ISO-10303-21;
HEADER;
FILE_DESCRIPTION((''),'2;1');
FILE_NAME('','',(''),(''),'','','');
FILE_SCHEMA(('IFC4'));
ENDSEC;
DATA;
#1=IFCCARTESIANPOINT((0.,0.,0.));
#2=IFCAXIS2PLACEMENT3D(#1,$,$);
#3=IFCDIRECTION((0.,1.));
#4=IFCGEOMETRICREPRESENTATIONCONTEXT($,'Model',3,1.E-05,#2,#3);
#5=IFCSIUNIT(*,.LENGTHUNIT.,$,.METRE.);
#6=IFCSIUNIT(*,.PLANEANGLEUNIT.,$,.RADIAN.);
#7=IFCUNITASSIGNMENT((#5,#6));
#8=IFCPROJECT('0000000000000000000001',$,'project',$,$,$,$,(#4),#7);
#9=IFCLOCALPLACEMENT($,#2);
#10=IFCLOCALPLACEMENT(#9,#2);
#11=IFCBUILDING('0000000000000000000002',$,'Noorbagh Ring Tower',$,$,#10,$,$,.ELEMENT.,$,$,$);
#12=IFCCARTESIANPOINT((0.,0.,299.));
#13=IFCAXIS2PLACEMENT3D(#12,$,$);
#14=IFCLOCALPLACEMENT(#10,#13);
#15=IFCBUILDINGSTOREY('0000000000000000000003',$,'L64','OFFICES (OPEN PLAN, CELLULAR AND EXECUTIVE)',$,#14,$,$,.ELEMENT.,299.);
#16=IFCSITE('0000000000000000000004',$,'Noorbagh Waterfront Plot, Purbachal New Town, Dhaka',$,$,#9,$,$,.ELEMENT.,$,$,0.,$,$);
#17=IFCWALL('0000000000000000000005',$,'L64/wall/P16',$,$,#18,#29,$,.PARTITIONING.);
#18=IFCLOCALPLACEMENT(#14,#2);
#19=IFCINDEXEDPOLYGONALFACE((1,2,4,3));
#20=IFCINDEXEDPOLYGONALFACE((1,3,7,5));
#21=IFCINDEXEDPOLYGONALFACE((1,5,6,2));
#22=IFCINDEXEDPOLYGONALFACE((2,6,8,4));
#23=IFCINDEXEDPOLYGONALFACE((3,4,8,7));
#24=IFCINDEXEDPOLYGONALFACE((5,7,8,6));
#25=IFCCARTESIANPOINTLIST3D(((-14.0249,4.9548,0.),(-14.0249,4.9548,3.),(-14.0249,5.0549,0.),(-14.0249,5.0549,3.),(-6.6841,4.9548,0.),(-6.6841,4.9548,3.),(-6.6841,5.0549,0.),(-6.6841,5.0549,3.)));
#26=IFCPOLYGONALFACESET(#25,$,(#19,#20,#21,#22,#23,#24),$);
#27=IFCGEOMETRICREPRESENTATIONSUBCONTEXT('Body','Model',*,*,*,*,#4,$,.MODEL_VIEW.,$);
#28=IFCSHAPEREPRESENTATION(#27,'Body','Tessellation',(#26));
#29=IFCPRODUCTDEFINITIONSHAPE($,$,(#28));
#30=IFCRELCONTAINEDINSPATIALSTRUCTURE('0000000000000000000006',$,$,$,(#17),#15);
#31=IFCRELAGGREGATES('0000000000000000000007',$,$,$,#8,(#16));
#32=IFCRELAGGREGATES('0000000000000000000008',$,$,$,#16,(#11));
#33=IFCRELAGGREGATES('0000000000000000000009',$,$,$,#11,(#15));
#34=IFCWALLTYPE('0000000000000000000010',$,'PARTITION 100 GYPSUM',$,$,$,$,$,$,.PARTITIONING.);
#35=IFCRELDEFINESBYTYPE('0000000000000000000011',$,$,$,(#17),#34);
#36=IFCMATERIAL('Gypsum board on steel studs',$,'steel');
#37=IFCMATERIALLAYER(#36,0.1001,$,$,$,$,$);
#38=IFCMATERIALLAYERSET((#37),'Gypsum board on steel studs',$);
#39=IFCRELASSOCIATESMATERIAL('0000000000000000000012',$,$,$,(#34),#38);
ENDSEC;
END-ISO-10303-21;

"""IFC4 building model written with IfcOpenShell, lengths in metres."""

from ifc_helpers import new_model, si_unit, direction, frame, frame_2d, origin, place, context, subcontext, project, spatial, rectangle, extrude, material, layer, layer_set, type_object, element, save


model = new_model("IFC4")

# Units and contexts
model_context = context("Model", 3, precision=1e-05, world=origin(), true_north=direction((0.0, 1.0)))
body_context = subcontext(model_context, "Body", "Model", "MODEL_VIEW")
ifc_project = project(units=[si_unit("LENGTHUNIT", "METRE"), si_unit("PLANEANGLEUNIT", "RADIAN")], contexts=[model_context])

# Site, building, storey
site_placement = place(None, origin())
site = spatial("IfcSite", under=ifc_project, at=site_placement, Name="Noorbagh Waterfront Plot, Purbachal New Town, Dhaka", CompositionType="ELEMENT", RefElevation=0.0)
building_placement = place(site_placement, origin())
building = spatial("IfcBuilding", under=site, at=building_placement, Name="Noorbagh Ring Tower", CompositionType="ELEMENT")
storey_placement = place(building_placement, frame((0.0, 0.0, 299.0)))
storey = spatial("IfcBuildingStorey", under=building, at=storey_placement, Name="L64", Description="OFFICES (OPEN PLAN, CELLULAR AND EXECUTIVE)", CompositionType="ELEMENT", Elevation=299.0)

# Wall
ifc_material_1 = material(Name="Gypsum board on steel studs", Category="steel")
ifc_layer_1 = layer(ifc_material_1, 0.1001)
ifc_layer_set_1 = layer_set([ifc_layer_1], Name="Gypsum board on steel studs")
wall_type_1 = type_object("IfcWallType", Name="PARTITION 100 GYPSUM", PredefinedType="PARTITIONING", material=ifc_layer_set_1)
wall_1_placement = place(storey_placement, frame((-14.0249, 5.0049, 0.0), z_axis=(0.0, 0.0, 1.0), x_axis=(1.0, 0.0, 0.0)))
element("IfcWall", 1, at=wall_1_placement, inside=storey, type_object=wall_type_1, Name="L64/wall/P16", PredefinedType="PARTITIONING", context=body_context, shape_type="SweptSolid", body=[
    extrude(rectangle(XDim=7.3408, YDim=0.1001, at=frame_2d((3.6704, 0.0))), origin(), (0.0, 0.0, 1.0), 3.0),
])

save(model, "model.ifc")
